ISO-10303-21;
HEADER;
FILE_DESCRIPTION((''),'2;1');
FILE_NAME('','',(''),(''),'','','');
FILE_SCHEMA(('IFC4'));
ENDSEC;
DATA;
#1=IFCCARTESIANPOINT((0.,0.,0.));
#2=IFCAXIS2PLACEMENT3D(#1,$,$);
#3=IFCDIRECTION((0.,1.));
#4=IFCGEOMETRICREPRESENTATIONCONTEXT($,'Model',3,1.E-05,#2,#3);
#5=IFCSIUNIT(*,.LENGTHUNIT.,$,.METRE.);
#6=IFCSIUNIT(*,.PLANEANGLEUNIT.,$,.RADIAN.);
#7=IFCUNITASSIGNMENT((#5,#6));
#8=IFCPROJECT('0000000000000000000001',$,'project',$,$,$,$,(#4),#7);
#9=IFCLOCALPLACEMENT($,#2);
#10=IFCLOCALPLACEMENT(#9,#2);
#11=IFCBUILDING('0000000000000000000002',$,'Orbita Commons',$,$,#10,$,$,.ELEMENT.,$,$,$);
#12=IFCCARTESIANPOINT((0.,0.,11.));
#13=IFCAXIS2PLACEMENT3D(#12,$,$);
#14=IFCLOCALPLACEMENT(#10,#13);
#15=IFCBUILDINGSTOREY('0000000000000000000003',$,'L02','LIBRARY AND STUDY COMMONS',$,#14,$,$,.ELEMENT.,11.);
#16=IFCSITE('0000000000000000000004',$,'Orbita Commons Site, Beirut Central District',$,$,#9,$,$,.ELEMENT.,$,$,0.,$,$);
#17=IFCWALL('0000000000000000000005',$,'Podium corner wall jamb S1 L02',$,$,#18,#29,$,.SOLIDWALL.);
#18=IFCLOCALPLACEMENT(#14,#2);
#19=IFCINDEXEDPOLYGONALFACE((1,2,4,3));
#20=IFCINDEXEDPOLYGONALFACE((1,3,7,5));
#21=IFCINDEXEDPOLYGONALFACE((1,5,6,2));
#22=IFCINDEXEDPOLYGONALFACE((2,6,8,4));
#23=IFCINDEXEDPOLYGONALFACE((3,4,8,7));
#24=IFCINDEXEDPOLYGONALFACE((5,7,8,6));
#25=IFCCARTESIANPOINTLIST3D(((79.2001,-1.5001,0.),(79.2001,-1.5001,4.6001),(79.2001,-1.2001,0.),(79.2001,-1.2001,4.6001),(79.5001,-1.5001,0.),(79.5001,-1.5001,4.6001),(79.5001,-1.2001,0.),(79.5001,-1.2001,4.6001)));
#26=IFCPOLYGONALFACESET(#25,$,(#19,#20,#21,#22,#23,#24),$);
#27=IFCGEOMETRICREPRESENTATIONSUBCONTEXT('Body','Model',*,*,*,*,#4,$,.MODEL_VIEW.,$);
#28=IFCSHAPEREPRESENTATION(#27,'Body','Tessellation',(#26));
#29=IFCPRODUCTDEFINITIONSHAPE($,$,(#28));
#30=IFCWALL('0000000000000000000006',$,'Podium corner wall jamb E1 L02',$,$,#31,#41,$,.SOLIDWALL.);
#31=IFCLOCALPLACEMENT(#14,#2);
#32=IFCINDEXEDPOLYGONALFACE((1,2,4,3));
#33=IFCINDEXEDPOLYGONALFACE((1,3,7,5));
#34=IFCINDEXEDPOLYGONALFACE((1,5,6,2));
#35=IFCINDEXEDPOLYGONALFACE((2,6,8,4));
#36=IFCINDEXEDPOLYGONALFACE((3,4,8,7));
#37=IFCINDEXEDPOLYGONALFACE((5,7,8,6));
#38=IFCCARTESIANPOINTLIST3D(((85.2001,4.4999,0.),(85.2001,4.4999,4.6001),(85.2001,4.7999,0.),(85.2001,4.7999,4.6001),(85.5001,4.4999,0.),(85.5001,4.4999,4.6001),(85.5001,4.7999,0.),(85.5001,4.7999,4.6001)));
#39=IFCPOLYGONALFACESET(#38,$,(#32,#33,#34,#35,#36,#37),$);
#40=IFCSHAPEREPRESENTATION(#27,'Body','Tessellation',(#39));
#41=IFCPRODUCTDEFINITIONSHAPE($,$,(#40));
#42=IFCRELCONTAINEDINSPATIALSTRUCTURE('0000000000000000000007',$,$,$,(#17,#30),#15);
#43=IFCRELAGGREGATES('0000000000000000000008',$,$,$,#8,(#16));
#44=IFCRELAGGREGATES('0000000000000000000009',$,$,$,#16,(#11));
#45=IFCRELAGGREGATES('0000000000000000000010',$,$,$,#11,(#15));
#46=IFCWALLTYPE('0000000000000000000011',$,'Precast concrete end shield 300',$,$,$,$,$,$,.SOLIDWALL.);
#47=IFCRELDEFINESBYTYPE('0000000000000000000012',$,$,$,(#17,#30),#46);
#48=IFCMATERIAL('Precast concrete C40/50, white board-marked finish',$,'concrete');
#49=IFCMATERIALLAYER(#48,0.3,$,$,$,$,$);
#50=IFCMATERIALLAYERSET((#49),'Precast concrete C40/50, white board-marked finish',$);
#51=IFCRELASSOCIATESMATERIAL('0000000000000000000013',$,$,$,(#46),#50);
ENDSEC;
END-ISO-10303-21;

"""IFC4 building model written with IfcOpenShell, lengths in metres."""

from ifc_helpers import new_model, si_unit, direction, frame, frame_2d, origin, place, context, subcontext, project, spatial, rectangle, extrude, material, layer, layer_set, type_object, element, save


model = new_model("IFC4")

# Units and contexts
model_context = context("Model", 3, precision=1e-05, world=origin(), true_north=direction((0.0, 1.0)))
body_context = subcontext(model_context, "Body", "Model", "MODEL_VIEW")
ifc_project = project(units=[si_unit("LENGTHUNIT", "METRE"), si_unit("PLANEANGLEUNIT", "RADIAN")], contexts=[model_context])

# Site, building, storey
site_placement = place(None, origin())
site = spatial("IfcSite", under=ifc_project, at=site_placement, Name="Orbita Commons Site, Beirut Central District", CompositionType="ELEMENT", RefElevation=0.0)
building_placement = place(site_placement, origin())
building = spatial("IfcBuilding", under=site, at=building_placement, Name="Orbita Commons", CompositionType="ELEMENT")
storey_placement = place(building_placement, frame((0.0, 0.0, 11.0)))
storey = spatial("IfcBuildingStorey", under=building, at=storey_placement, Name="L02", Description="LIBRARY AND STUDY COMMONS", CompositionType="ELEMENT", Elevation=11.0)

# Walls
ifc_material_1 = material(Name="Precast concrete C40/50, white board-marked finish", Category="concrete")
ifc_layer_1 = layer(ifc_material_1, 0.3)
ifc_layer_set_1 = layer_set([ifc_layer_1], Name="Precast concrete C40/50, white board-marked finish")
wall_type_1 = type_object("IfcWallType", Name="Precast concrete end shield 300", PredefinedType="SOLIDWALL", material=ifc_layer_set_1)
for number, where, z_axis, x_axis, name in (
    (1, (79.5, -1.3501, 0.0), (0.0, 0.0, 1.0), (-1.0, 0.0, 0.0), "Podium corner wall jamb S1 L02"),
    (2, (85.3501, 4.5, 0.0), (0.0, 0.0, 1.0), (0.0, 1.0, 0.0), "Podium corner wall jamb E1 L02"),
):
    element("IfcWall", number, at=place(storey_placement, frame(where, z_axis=z_axis, x_axis=x_axis)), inside=storey, type_object=wall_type_1, Name=name, PredefinedType="SOLIDWALL", context=body_context, shape_type="SweptSolid", body=[
        extrude(rectangle(XDim=0.3, YDim=0.3, at=frame_2d((0.1499, 0.0))), origin(), (0.0, 0.0, 1.0), 4.6001),
    ])

save(model, "model.ifc")
